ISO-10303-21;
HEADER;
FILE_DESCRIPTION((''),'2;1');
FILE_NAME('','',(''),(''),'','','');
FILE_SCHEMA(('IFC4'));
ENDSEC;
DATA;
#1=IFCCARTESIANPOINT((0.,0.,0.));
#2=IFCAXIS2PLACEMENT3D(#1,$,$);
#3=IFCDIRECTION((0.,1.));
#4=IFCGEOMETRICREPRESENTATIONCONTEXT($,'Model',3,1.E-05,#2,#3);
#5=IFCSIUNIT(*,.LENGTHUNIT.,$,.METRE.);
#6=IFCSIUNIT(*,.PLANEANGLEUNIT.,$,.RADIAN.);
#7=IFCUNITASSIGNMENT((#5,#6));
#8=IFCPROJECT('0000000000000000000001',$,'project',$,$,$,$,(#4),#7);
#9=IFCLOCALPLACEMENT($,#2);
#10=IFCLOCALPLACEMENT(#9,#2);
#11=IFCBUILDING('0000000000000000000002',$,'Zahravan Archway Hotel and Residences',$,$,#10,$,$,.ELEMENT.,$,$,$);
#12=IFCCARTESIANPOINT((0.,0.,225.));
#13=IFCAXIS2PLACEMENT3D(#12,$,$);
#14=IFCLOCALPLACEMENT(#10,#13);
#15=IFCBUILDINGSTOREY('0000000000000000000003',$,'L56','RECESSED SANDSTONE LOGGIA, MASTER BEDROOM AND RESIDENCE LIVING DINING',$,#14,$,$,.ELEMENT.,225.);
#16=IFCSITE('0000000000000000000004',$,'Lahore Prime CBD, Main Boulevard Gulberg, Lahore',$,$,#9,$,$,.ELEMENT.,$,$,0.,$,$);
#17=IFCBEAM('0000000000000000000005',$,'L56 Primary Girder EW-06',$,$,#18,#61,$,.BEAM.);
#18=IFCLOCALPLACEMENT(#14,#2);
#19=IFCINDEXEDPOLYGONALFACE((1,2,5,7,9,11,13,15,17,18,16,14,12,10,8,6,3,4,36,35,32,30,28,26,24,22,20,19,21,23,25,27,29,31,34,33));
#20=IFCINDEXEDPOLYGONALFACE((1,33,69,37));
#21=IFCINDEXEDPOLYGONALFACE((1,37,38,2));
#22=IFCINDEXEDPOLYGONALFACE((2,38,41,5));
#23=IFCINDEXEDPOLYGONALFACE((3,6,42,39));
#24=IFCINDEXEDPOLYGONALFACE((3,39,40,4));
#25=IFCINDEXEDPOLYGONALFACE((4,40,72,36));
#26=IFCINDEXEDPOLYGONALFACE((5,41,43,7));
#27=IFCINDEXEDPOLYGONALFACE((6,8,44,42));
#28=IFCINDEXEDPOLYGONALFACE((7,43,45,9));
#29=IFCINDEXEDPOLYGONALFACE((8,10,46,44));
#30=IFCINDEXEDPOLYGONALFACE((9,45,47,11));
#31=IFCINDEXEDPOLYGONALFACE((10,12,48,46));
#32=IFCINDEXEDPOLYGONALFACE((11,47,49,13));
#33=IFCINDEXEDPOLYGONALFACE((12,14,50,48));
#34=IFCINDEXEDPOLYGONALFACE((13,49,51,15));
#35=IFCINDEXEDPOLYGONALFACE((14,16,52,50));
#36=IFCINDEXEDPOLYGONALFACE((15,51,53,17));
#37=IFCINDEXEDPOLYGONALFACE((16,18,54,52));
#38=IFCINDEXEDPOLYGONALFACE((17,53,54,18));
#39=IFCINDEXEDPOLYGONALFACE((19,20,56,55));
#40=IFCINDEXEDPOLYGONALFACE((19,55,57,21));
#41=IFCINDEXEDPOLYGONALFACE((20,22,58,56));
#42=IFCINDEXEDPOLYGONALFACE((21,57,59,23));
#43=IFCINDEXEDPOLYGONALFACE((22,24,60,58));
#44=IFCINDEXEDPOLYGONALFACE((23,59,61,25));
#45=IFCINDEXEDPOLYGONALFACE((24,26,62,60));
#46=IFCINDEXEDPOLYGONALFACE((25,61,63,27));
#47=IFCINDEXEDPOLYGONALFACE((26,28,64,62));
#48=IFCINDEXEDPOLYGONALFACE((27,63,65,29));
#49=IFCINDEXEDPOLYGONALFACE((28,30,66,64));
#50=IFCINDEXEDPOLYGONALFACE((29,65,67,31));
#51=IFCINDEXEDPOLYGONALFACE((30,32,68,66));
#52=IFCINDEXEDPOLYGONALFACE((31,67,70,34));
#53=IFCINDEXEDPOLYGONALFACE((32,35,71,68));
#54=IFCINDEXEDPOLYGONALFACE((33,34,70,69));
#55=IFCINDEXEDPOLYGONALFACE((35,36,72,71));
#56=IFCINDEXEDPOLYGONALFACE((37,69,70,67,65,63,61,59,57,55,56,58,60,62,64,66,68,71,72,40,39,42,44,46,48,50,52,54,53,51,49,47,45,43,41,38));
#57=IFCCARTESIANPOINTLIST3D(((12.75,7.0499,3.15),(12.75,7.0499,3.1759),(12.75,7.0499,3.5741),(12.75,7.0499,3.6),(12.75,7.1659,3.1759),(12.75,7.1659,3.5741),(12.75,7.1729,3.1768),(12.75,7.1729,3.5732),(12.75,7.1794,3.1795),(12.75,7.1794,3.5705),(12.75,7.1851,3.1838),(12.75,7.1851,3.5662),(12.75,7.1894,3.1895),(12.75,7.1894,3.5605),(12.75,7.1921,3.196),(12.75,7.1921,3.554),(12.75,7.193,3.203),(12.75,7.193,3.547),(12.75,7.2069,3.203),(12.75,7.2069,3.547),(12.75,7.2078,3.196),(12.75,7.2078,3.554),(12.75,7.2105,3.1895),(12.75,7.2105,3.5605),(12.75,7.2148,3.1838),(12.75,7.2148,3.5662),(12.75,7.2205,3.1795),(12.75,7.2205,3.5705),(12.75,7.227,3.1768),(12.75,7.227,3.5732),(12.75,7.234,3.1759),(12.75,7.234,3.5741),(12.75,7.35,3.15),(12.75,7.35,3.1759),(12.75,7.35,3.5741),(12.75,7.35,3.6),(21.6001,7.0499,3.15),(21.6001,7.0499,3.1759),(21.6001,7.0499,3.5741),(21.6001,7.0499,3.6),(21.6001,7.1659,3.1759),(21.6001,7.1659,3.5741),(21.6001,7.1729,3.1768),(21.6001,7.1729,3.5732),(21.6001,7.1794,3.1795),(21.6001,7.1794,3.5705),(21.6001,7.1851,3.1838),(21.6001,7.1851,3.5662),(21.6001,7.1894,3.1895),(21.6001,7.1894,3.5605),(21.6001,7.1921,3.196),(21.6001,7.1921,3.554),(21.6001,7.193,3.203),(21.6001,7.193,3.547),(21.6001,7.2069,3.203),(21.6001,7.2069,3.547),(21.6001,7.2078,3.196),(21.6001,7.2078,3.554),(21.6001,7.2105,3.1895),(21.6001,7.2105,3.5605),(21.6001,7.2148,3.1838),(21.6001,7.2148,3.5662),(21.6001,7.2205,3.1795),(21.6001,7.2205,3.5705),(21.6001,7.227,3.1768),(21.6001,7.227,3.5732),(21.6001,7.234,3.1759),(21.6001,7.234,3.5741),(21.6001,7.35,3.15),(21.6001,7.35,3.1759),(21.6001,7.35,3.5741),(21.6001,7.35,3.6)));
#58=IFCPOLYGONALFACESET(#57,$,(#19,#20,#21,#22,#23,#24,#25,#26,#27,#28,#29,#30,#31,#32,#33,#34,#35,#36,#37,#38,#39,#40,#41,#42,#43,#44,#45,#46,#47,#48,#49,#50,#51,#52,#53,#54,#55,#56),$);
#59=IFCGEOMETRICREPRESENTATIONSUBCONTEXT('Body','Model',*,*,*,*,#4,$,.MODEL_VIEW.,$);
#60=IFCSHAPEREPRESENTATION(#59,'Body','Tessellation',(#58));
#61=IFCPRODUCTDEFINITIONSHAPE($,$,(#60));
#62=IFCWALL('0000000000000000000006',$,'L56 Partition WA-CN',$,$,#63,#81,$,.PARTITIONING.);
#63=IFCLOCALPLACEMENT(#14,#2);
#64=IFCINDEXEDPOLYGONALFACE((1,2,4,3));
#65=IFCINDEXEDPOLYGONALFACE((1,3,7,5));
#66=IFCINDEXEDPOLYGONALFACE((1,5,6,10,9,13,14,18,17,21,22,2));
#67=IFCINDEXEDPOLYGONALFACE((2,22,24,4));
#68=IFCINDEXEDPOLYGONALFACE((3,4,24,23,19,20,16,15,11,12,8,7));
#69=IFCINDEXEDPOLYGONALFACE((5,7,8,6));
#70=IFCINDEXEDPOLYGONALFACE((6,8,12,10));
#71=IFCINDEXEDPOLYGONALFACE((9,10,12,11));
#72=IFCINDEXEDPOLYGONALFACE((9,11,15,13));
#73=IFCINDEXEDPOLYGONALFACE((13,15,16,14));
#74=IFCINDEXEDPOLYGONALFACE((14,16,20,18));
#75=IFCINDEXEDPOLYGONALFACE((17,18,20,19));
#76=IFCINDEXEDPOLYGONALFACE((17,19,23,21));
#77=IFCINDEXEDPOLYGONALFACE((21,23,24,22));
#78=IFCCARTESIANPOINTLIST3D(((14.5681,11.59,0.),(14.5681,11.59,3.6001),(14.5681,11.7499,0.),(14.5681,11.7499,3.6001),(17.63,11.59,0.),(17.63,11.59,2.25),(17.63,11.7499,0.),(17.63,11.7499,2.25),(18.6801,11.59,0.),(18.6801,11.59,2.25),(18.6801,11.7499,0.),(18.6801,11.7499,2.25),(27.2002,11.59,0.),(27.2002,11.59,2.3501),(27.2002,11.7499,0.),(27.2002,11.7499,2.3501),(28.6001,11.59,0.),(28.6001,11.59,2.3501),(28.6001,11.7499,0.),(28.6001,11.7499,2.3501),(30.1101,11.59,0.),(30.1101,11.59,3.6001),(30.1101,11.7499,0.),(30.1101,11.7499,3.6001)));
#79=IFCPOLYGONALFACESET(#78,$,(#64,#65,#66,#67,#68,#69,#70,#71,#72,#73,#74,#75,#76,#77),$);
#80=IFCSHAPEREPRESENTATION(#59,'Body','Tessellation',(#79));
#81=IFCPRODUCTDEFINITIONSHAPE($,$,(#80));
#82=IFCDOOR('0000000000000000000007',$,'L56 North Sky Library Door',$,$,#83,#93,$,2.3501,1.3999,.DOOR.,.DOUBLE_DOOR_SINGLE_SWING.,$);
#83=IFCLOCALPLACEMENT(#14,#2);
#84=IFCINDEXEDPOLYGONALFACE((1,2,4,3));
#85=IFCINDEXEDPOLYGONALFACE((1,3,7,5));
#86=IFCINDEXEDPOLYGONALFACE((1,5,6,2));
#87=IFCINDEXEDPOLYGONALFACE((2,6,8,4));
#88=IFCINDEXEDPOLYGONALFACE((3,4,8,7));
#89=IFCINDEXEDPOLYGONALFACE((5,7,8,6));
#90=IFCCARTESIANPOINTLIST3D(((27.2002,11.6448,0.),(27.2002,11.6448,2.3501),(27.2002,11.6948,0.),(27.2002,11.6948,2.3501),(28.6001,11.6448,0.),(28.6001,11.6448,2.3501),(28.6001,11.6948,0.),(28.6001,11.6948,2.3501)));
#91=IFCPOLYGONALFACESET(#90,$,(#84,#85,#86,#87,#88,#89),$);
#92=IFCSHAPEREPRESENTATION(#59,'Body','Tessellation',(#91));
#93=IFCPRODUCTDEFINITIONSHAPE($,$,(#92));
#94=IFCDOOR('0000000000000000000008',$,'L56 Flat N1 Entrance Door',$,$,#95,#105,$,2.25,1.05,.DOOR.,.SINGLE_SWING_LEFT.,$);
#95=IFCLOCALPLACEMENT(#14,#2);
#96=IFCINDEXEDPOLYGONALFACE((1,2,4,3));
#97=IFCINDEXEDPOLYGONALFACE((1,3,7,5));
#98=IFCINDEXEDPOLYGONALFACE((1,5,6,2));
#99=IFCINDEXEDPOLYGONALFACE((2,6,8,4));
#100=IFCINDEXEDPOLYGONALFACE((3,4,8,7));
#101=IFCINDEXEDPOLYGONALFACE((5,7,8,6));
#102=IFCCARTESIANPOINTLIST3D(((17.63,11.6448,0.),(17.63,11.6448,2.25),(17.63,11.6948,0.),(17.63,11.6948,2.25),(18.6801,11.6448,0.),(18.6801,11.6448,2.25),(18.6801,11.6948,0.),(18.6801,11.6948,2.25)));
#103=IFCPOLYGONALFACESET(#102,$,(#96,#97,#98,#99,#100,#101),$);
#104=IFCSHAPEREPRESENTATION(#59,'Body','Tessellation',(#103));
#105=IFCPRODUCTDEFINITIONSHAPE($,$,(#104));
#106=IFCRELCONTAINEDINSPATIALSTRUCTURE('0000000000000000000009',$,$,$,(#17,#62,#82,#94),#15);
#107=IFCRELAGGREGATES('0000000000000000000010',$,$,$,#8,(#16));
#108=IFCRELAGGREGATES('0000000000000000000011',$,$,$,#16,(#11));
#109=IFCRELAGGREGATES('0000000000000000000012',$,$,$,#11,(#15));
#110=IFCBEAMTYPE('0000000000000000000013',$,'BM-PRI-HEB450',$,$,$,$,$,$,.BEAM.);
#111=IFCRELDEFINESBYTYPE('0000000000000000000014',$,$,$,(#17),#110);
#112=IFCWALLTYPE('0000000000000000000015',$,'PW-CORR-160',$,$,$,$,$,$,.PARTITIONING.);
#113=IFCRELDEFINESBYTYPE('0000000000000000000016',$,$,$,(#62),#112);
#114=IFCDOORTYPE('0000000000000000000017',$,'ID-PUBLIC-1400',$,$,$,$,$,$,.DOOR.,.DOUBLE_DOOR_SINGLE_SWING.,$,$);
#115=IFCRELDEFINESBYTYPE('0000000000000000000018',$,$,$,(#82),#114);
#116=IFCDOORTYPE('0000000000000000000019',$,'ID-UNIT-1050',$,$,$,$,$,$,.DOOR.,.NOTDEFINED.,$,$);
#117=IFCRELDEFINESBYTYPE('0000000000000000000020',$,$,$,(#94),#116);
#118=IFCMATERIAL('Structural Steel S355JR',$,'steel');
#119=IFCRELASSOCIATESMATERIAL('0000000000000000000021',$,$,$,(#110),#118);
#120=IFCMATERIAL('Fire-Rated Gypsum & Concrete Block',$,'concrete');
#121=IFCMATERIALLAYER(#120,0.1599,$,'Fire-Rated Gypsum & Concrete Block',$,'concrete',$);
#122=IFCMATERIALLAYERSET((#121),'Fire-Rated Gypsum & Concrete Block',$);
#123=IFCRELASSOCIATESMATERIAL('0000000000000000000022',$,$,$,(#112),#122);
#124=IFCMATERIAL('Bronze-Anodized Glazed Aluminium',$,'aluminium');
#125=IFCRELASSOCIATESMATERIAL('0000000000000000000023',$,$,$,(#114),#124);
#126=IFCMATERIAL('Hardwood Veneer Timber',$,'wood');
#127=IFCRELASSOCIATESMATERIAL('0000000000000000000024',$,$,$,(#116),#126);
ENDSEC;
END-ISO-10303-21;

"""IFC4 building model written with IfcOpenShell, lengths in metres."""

from ifc_helpers import new_model, si_unit, direction, frame, frame_2d, origin, origin_2d, place, context, subcontext, project, spatial, rectangle, i_section, extrude, source, transform, mapped, material, layer, layer_set, material_profile, profile_set, type_object, type_shapes, element, fill, save


model = new_model("IFC4")

# Units and contexts
model_context = context("Model", 3, precision=1e-05, world=origin(), true_north=direction((0.0, 1.0)))
body_context = subcontext(model_context, "Body", "Model", "MODEL_VIEW")
ifc_project = project(units=[si_unit("LENGTHUNIT", "METRE"), si_unit("PLANEANGLEUNIT", "RADIAN")], contexts=[model_context])

# Site, building, storey
site_placement = place(None, origin())
site = spatial("IfcSite", under=ifc_project, at=site_placement, Name="Lahore Prime CBD, Main Boulevard Gulberg, Lahore", CompositionType="ELEMENT", RefElevation=0.0)
building_placement = place(site_placement, origin())
building = spatial("IfcBuilding", under=site, at=building_placement, Name="Zahravan Archway Hotel and Residences", CompositionType="ELEMENT")
storey_placement = place(building_placement, frame((0.0, 0.0, 225.0)))
storey = spatial("IfcBuildingStorey", under=building, at=storey_placement, Name="L56", Description="RECESSED SANDSTONE LOGGIA, MASTER BEDROOM AND RESIDENCE LIVING DINING", CompositionType="ELEMENT", Elevation=225.0)

# Beam
ifc_material_1 = material(Name="Structural Steel S355JR", Category="steel")
ifc_material_profile_1 = material_profile(ifc_material_1, i_section(OverallWidth=0.3, OverallDepth=0.45, WebThickness=0.0139, FlangeThickness=0.0259, FilletRadius=0.0271, at=origin_2d()), Name="HEB 450", Category="steel")
ifc_profile_set_1 = profile_set([ifc_material_profile_1], Name="Structural Steel S355JR")
beam_type_1 = type_object("IfcBeamType", Name="BM-PRI-HEB450", PredefinedType="BEAM", material=ifc_profile_set_1)
shared_shape_1 = source(origin(), body_context, "Body", "SweptSolid", [
    extrude(i_section(OverallWidth=0.3, OverallDepth=0.45, WebThickness=0.0139, FlangeThickness=0.0259, FilletRadius=0.0271, at=origin_2d()), origin(), (0.0, 0.0, 1.0), 8.8501),
])
beam_1_placement = place(storey_placement, frame((12.75, 7.2, 3.375), z_axis=(1.0, 0.0, 0.0), x_axis=(0.0, 1.0, 0.0)))
element("IfcBeam", 1, at=beam_1_placement, inside=storey, type_object=beam_type_1, Name="L56 Primary Girder EW-06", PredefinedType="BEAM", context=body_context, shape_type="MappedRepresentation", body=[
    mapped(shared_shape_1, transform((0.0, 0.0, 0.0), scale=1.0)),
])

# Wall, openings, doors
ifc_material_2 = material(Name="Fire-Rated Gypsum & Concrete Block", Category="concrete")
ifc_layer_1 = layer(ifc_material_2, 0.1599, Name="Fire-Rated Gypsum & Concrete Block", Category="concrete")
ifc_layer_set_1 = layer_set([ifc_layer_1], Name="Fire-Rated Gypsum & Concrete Block")
wall_type_1 = type_object("IfcWallType", Name="PW-CORR-160", PredefinedType="PARTITIONING", material=ifc_layer_set_1)
wall_1_placement = place(storey_placement, frame((14.5681, 11.6699, 0.0), z_axis=(0.0, 0.0, 1.0), x_axis=(1.0, 0.0, 0.0)))
wall_1 = element("IfcWall", 2, at=wall_1_placement, inside=storey, type_object=wall_type_1, Name="L56 Partition WA-CN", PredefinedType="PARTITIONING", context=body_context, shape_type="SweptSolid", body=[
    extrude(rectangle(XDim=15.542, YDim=0.1599, at=frame_2d((7.771, 0.0))), origin(), (0.0, 0.0, 1.0), 3.6001),
])
opening_1_placement = place(wall_1_placement, frame((3.062, 0.0, 0.0)))
opening_1 = element("IfcOpeningElement", 3, at=opening_1_placement, cuts=wall_1, PredefinedType="OPENING", context=body_context, shape_type="SweptSolid", body=[
    extrude(rectangle(XDim=1.05, YDim=2.25, at=frame_2d((0.5249, 1.125))), frame((0.0, 0.0898, 0.0), z_axis=(0.0, -1.0, 0.0), x_axis=(1.0, 0.0, 0.0)), (0.0, 0.0, 1.0), 0.1799),
])
opening_2_placement = place(wall_1_placement, frame((12.6321, 0.0, 0.0)))
opening_2 = element("IfcOpeningElement", 4, at=opening_2_placement, cuts=wall_1, PredefinedType="OPENING", context=body_context, shape_type="SweptSolid", body=[
    extrude(rectangle(XDim=1.3999, YDim=2.3501, at=frame_2d((0.7, 1.175))), frame((0.0, 0.0898, 0.0), z_axis=(0.0, -1.0, 0.0), x_axis=(1.0, 0.0, 0.0)), (0.0, 0.0, 1.0), 0.1799),
])
ifc_material_3 = material(Name="Bronze-Anodized Glazed Aluminium", Category="aluminium")
door_type_1 = type_object("IfcDoorType", Name="ID-PUBLIC-1400", OperationType="DOUBLE_DOOR_SINGLE_SWING", PredefinedType="DOOR", material=ifc_material_3)
shared_shape_2 = source(origin(), body_context, "Body", "SweptSolid", [
    extrude(rectangle(XDim=1.3999, YDim=2.3501, at=frame_2d((0.7, 1.175))), frame((0.0, 0.0249, 0.0), z_axis=(0.0, -1.0, 0.0), x_axis=(1.0, 0.0, 0.0)), (0.0, 0.0, 1.0), 0.05),
])
type_shapes(door_type_1, [shared_shape_2])
door_1_placement = place(opening_2_placement, origin())
door_1 = element("IfcDoor", 5, at=door_1_placement, inside=storey, type_object=door_type_1, Name="L56 North Sky Library Door", OperationType="DOUBLE_DOOR_SINGLE_SWING", OverallHeight=2.3501, OverallWidth=1.3999, PredefinedType="DOOR", context=body_context, shape_type="MappedRepresentation", body=[
    mapped(shared_shape_2, transform((0.0, 0.0, 0.0), scale=1.0)),
])
fill(opening_2, door_1)
ifc_material_4 = material(Name="Hardwood Veneer Timber", Category="wood")
door_type_2 = type_object("IfcDoorType", Name="ID-UNIT-1050", OperationType="NOTDEFINED", PredefinedType="DOOR", material=ifc_material_4)
shared_shape_3 = source(origin(), body_context, "Body", "SweptSolid", [
    extrude(rectangle(XDim=1.05, YDim=2.25, at=frame_2d((0.5249, 1.125))), frame((0.0, 0.0249, 0.0), z_axis=(0.0, -1.0, 0.0), x_axis=(1.0, 0.0, 0.0)), (0.0, 0.0, 1.0), 0.05),
])
type_shapes(door_type_2, [shared_shape_3])
door_2_placement = place(opening_1_placement, origin())
door_2 = element("IfcDoor", 6, at=door_2_placement, inside=storey, type_object=door_type_2, Name="L56 Flat N1 Entrance Door", OperationType="SINGLE_SWING_LEFT", OverallHeight=2.25, OverallWidth=1.05, PredefinedType="DOOR", context=body_context, shape_type="MappedRepresentation", body=[
    mapped(shared_shape_3, transform((0.0, 0.0, 0.0), scale=1.0)),
])
fill(opening_1, door_2)

save(model, "model.ifc")
